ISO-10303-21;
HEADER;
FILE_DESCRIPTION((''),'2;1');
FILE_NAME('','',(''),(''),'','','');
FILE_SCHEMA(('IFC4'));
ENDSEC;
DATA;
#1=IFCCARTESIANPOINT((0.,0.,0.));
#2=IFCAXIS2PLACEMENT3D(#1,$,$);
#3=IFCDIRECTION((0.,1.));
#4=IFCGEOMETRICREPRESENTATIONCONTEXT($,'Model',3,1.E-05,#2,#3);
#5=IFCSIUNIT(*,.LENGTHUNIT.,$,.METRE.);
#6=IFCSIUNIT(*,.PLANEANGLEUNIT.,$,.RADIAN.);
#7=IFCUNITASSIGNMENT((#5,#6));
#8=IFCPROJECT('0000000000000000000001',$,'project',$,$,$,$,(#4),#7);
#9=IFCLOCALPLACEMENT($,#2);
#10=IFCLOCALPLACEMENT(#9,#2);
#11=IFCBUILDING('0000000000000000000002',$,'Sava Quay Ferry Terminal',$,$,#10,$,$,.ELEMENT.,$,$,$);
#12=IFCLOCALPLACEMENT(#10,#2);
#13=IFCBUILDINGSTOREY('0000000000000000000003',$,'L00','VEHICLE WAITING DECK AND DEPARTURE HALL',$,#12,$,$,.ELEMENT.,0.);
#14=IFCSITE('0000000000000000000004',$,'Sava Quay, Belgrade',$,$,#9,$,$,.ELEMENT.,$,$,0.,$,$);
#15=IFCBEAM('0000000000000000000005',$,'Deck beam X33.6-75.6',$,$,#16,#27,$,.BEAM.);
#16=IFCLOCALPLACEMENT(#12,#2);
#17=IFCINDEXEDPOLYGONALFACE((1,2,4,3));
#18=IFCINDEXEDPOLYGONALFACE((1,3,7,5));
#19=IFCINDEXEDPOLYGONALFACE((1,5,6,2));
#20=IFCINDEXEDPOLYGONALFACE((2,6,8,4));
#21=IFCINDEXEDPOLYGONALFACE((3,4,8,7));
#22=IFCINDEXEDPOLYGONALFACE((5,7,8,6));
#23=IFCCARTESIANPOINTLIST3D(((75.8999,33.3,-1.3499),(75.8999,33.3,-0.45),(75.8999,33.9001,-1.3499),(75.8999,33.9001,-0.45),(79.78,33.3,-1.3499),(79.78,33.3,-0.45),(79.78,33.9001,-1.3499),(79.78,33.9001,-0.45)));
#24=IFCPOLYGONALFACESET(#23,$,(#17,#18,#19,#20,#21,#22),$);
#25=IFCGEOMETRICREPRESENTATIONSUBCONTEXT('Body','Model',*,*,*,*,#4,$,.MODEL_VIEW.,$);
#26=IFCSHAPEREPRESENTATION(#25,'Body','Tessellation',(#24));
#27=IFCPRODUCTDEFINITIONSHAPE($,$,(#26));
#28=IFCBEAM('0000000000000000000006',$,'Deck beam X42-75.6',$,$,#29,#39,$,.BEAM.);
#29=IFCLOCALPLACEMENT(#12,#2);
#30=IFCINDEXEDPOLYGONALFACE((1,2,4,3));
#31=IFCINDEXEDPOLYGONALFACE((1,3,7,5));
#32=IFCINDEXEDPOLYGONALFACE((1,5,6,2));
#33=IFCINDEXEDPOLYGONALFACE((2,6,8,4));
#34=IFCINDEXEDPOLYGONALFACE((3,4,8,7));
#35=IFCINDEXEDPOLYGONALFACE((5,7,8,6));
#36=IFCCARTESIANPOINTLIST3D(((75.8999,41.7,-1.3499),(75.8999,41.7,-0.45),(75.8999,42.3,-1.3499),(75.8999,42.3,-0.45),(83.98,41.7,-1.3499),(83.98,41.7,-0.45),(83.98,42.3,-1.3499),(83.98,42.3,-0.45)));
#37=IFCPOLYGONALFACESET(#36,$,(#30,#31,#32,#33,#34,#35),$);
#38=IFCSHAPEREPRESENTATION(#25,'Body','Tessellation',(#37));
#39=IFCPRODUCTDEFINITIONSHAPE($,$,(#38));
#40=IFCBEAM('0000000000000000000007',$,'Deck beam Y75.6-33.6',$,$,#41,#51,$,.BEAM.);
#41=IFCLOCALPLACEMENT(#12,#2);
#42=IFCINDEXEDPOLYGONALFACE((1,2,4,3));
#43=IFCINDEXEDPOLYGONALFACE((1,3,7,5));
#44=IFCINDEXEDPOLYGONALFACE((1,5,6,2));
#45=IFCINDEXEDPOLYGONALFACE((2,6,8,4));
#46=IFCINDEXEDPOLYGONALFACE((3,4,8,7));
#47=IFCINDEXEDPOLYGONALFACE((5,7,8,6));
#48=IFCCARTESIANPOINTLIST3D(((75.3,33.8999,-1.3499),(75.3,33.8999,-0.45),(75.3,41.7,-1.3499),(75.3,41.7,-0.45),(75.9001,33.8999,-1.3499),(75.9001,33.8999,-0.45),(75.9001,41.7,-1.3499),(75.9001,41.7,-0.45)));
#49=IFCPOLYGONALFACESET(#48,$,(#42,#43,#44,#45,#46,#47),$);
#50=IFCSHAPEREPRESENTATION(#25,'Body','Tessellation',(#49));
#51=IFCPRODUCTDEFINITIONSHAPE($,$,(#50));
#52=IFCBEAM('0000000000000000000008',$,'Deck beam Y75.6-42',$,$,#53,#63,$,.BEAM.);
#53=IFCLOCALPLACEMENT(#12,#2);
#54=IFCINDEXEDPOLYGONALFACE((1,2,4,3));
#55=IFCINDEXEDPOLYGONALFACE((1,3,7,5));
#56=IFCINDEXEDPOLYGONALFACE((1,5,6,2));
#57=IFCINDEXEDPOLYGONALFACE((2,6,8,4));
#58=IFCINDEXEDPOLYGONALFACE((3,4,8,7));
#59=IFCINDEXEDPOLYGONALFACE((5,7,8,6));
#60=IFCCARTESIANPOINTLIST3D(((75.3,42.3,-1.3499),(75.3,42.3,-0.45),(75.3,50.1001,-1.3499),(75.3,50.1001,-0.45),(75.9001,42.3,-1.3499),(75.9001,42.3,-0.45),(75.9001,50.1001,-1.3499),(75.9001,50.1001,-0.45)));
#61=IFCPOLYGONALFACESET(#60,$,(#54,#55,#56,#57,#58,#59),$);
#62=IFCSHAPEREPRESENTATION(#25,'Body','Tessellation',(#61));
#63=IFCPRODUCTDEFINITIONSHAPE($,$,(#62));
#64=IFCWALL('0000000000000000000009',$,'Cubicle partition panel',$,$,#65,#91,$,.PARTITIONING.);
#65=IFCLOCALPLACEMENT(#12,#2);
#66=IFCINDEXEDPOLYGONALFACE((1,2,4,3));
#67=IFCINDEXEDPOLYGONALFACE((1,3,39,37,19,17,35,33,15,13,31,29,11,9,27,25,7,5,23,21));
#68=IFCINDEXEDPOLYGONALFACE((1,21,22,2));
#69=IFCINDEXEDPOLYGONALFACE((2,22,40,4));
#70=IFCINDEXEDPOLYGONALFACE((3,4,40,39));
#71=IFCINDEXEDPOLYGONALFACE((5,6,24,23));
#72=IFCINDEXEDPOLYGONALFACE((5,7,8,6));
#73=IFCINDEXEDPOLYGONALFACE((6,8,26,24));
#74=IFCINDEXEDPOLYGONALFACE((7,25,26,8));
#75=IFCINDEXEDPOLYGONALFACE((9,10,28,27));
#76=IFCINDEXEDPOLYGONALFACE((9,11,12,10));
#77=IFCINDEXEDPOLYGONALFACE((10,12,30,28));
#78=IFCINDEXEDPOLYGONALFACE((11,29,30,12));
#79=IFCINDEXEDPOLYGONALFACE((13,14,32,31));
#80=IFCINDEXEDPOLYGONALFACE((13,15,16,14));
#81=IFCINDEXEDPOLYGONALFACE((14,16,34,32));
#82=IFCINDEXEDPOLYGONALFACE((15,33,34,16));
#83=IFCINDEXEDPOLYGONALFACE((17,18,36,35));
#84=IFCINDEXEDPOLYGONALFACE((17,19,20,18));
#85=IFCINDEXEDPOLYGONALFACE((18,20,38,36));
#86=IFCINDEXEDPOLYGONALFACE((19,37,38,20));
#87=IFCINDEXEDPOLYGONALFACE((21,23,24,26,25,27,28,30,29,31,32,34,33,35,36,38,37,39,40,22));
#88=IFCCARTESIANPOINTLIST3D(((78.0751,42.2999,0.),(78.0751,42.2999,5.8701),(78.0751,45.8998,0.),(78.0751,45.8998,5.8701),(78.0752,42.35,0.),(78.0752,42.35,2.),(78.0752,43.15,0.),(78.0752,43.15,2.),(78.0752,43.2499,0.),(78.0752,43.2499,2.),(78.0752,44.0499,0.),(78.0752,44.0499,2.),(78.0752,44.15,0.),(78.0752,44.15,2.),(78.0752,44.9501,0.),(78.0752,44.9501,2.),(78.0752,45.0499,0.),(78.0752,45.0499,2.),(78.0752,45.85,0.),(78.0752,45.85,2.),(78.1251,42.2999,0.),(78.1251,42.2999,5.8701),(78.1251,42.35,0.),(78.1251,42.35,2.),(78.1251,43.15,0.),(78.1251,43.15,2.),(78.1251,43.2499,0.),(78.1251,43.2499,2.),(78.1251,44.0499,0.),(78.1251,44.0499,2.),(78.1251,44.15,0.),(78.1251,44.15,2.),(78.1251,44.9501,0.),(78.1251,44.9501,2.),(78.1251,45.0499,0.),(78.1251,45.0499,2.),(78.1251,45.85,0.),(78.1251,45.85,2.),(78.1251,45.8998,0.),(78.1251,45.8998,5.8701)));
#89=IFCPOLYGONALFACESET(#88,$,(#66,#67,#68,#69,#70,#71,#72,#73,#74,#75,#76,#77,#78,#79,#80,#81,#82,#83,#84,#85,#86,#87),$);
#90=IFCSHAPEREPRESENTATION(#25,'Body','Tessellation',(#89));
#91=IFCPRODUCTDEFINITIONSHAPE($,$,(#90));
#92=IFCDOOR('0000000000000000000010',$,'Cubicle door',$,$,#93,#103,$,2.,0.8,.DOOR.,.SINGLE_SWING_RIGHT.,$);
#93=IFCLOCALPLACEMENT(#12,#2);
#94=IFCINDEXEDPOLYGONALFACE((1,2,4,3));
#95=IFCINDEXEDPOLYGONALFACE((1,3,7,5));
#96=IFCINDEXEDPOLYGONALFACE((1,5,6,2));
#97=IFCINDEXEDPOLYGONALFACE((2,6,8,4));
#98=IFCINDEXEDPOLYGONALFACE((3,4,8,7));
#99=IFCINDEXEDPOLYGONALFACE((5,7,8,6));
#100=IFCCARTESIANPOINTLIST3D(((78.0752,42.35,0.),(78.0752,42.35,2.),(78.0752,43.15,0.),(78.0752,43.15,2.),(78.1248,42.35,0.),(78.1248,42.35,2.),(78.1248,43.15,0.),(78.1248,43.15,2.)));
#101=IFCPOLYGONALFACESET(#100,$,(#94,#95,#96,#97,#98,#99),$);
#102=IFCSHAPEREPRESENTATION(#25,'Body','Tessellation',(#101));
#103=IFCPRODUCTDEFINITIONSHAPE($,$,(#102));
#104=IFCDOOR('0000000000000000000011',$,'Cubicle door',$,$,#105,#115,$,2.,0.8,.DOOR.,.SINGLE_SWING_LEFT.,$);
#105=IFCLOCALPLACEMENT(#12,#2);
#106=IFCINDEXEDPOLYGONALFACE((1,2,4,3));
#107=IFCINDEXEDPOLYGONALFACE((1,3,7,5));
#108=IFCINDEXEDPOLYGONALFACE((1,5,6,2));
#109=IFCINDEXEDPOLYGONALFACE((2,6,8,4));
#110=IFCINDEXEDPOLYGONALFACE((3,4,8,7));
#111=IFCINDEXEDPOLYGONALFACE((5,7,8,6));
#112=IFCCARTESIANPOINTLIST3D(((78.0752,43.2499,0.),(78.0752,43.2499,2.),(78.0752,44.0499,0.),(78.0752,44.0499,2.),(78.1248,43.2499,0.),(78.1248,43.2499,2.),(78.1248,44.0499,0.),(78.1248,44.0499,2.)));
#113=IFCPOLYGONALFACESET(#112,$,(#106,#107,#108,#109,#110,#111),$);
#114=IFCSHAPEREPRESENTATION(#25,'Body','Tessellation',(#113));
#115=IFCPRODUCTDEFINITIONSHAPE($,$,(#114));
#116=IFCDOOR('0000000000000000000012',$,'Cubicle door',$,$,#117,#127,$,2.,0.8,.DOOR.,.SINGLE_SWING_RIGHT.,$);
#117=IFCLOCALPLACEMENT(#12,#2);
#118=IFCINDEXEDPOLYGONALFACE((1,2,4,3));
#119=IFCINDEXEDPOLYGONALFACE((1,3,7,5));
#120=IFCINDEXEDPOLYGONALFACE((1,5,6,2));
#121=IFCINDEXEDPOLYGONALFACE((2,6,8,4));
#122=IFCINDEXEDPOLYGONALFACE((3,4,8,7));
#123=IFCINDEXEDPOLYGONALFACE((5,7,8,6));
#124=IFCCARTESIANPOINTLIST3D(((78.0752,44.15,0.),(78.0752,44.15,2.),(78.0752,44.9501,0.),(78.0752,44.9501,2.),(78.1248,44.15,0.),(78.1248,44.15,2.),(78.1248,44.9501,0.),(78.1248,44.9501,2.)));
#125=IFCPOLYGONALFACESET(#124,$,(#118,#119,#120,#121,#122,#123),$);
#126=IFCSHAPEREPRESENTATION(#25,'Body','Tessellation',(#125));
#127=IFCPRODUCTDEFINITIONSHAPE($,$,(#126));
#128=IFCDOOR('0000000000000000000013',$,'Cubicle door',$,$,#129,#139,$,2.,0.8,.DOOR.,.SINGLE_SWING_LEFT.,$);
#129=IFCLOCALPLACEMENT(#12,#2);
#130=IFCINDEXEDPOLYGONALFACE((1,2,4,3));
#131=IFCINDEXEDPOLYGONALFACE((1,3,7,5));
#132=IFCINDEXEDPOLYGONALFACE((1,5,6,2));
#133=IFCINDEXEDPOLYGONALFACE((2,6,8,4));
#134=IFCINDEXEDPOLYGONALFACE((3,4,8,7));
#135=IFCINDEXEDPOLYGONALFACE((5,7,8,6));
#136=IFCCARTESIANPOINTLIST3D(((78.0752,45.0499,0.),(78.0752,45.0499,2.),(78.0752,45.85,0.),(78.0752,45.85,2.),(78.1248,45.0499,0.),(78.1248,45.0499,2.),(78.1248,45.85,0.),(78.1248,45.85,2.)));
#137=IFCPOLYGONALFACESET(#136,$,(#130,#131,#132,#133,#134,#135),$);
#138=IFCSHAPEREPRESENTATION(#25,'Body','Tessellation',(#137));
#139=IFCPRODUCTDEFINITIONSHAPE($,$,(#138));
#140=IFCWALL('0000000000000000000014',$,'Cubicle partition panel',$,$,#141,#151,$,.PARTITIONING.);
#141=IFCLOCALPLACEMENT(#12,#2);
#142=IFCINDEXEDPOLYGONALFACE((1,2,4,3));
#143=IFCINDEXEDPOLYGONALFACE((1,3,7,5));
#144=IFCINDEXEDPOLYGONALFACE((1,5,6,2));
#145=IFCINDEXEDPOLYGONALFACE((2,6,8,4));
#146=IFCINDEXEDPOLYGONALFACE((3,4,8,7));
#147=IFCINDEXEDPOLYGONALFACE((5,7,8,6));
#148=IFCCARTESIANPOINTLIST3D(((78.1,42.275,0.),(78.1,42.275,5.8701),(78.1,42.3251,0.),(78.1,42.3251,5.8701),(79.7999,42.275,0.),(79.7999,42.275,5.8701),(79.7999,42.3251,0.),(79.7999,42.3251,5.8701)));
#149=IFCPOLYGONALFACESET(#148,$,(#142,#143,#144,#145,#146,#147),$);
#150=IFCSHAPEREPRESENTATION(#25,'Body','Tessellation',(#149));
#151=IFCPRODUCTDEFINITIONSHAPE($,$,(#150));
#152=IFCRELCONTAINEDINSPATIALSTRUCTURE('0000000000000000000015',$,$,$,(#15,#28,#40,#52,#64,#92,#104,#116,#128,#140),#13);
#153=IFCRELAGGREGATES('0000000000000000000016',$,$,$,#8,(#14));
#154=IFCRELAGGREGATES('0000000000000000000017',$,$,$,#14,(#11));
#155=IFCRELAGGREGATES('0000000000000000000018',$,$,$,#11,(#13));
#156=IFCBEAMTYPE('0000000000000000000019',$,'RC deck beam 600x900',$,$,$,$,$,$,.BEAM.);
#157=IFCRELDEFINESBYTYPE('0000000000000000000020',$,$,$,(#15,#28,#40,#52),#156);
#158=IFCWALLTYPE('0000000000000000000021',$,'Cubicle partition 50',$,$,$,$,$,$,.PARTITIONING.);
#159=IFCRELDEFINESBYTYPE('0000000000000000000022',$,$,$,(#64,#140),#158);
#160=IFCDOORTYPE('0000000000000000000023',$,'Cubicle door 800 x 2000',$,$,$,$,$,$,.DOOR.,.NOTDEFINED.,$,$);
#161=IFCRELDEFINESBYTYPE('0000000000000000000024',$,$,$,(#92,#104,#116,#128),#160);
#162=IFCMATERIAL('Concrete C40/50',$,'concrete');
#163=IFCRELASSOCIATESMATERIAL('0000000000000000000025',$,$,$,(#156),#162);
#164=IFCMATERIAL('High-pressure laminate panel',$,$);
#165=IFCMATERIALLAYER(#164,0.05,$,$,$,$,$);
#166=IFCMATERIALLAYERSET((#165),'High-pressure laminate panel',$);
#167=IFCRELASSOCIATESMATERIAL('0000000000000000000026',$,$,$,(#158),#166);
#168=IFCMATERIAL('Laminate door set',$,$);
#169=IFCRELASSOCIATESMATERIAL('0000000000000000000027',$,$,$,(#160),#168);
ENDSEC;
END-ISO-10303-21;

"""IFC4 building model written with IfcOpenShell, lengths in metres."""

from ifc_helpers import new_model, si_unit, direction, frame, frame_2d, origin, origin_2d, place, context, subcontext, project, spatial, rectangle, extrude, material, layer, layer_set, material_profile, profile_set, type_object, element, fill, save


model = new_model("IFC4")

# Units and contexts
model_context = context("Model", 3, precision=1e-05, world=origin(), true_north=direction((0.0, 1.0)))
body_context = subcontext(model_context, "Body", "Model", "MODEL_VIEW")
ifc_project = project(units=[si_unit("LENGTHUNIT", "METRE"), si_unit("PLANEANGLEUNIT", "RADIAN")], contexts=[model_context])

# Site, building, storey
site_placement = place(None, origin())
site = spatial("IfcSite", under=ifc_project, at=site_placement, Name="Sava Quay, Belgrade", CompositionType="ELEMENT", RefElevation=0.0)
building_placement = place(site_placement, origin())
building = spatial("IfcBuilding", under=site, at=building_placement, Name="Sava Quay Ferry Terminal", CompositionType="ELEMENT")
storey_placement = place(building_placement, origin())
storey = spatial("IfcBuildingStorey", under=building, at=storey_placement, Name="L00", Description="VEHICLE WAITING DECK AND DEPARTURE HALL", CompositionType="ELEMENT", Elevation=0.0)

# Beams
ifc_material_1 = material(Name="Concrete C40/50", Category="concrete")
ifc_material_profile_1 = material_profile(ifc_material_1, rectangle(XDim=0.6001, YDim=0.8999, at=origin_2d()), Name="RC 600x900")
ifc_profile_set_1 = profile_set([ifc_material_profile_1], Name="Concrete C40/50")
beam_type = type_object("IfcBeamType", Name="RC deck beam 600x900", PredefinedType="BEAM", material=ifc_profile_set_1)
beam_1_placement = place(storey_placement, frame((75.8999, 33.6001, -0.8999), z_axis=(1.0, 0.0, 0.0), x_axis=(0.0, 1.0, 0.0)))
element("IfcBeam", 1, at=beam_1_placement, inside=storey, type_object=beam_type, Name="Deck beam X33.6-75.6", PredefinedType="BEAM", context=body_context, shape_type="SweptSolid", body=[
    extrude(rectangle(XDim=0.6001, YDim=0.8999, at=origin_2d()), origin(), (0.0, 0.0, 1.0), 3.8801),
])
beam_2_placement = place(storey_placement, frame((75.8999, 42.0, -0.8999), z_axis=(1.0, 0.0, 0.0), x_axis=(0.0, 1.0, 0.0)))
element("IfcBeam", 2, at=beam_2_placement, inside=storey, type_object=beam_type, Name="Deck beam X42-75.6", PredefinedType="BEAM", context=body_context, shape_type="SweptSolid", body=[
    extrude(rectangle(XDim=0.6001, YDim=0.8999, at=origin_2d()), origin(), (0.0, 0.0, 1.0), 8.0801),
])
for number, where, z_axis, x_axis, name in (
    (3, (75.6001, 33.8999, -0.8999), (0.0, 1.0, 0.0), (-1.0, 0.0, 0.0), "Deck beam Y75.6-33.6"),
    (4, (75.6001, 42.3, -0.8999), (0.0, 1.0, 0.0), (-1.0, 0.0, 0.0), "Deck beam Y75.6-42"),
):
    element("IfcBeam", number, at=place(storey_placement, frame(where, z_axis=z_axis, x_axis=x_axis)), inside=storey, type_object=beam_type, Name=name, PredefinedType="BEAM", context=body_context, shape_type="SweptSolid", body=[
        extrude(rectangle(XDim=0.6001, YDim=0.8999, at=origin_2d()), origin(), (0.0, 0.0, 1.0), 7.8),
    ])

# Wall, openings, doors
ifc_material_2 = material(Name="High-pressure laminate panel")
ifc_layer_1 = layer(ifc_material_2, 0.05)
ifc_layer_set_1 = layer_set([ifc_layer_1], Name="High-pressure laminate panel")
wall_type_1 = type_object("IfcWallType", Name="Cubicle partition 50", PredefinedType="PARTITIONING", material=ifc_layer_set_1)
wall_1_placement = place(storey_placement, frame((78.1001, 42.3, 0.0), z_axis=(0.0, 0.0, 1.0), x_axis=(0.0, 1.0, 0.0)))
wall_1 = element("IfcWall", 5, at=wall_1_placement, inside=storey, type_object=wall_type_1, Name="Cubicle partition panel", PredefinedType="PARTITIONING", context=body_context, shape_type="SweptSolid", body=[
    extrude(rectangle(XDim=3.5999, YDim=0.05, at=frame_2d((1.7998, 0.0))), origin(), (0.0, 0.0, 1.0), 5.8701),
])
opening_1_placement = place(wall_1_placement, frame((0.05, 0.0, 0.0)))
opening_1 = element("IfcOpeningElement", 6, at=opening_1_placement, cuts=wall_1, PredefinedType="OPENING", context=body_context, shape_type="SweptSolid", body=[
    extrude(rectangle(XDim=0.8, YDim=2.0, at=frame_2d((0.3999, 1.0))), frame((0.0, 0.0249, 0.0), z_axis=(0.0, -1.0, 0.0), x_axis=(1.0, 0.0, 0.0)), (0.0, 0.0, 1.0), 0.05),
])
opening_2_placement = place(wall_1_placement, frame((0.95, 0.0, 0.0)))
opening_2 = element("IfcOpeningElement", 7, at=opening_2_placement, cuts=wall_1, PredefinedType="OPENING", context=body_context, shape_type="SweptSolid", body=[
    extrude(rectangle(XDim=0.8, YDim=2.0, at=frame_2d((0.3999, 1.0))), frame((0.0, 0.0249, 0.0), z_axis=(0.0, -1.0, 0.0), x_axis=(1.0, 0.0, 0.0)), (0.0, 0.0, 1.0), 0.05),
])
opening_3_placement = place(wall_1_placement, frame((1.8501, 0.0, 0.0)))
opening_3 = element("IfcOpeningElement", 8, at=opening_3_placement, cuts=wall_1, PredefinedType="OPENING", context=body_context, shape_type="SweptSolid", body=[
    extrude(rectangle(XDim=0.8, YDim=2.0, at=frame_2d((0.3999, 1.0))), frame((0.0, 0.0249, 0.0), z_axis=(0.0, -1.0, 0.0), x_axis=(1.0, 0.0, 0.0)), (0.0, 0.0, 1.0), 0.05),
])
opening_4_placement = place(wall_1_placement, frame((2.75, 0.0, 0.0)))
opening_4 = element("IfcOpeningElement", 9, at=opening_4_placement, cuts=wall_1, PredefinedType="OPENING", context=body_context, shape_type="SweptSolid", body=[
    extrude(rectangle(XDim=0.8, YDim=2.0, at=frame_2d((0.3999, 1.0))), frame((0.0, 0.0249, 0.0), z_axis=(0.0, -1.0, 0.0), x_axis=(1.0, 0.0, 0.0)), (0.0, 0.0, 1.0), 0.05),
])
ifc_material_3 = material(Name="Laminate door set")
door_type_1 = type_object("IfcDoorType", Name="Cubicle door 800 x 2000", OperationType="NOTDEFINED", PredefinedType="DOOR", material=ifc_material_3)
door_1_placement = place(opening_1_placement, origin())
door_1 = element("IfcDoor", 10, at=door_1_placement, inside=storey, type_object=door_type_1, Name="Cubicle door", OperationType="SINGLE_SWING_RIGHT", OverallHeight=2.0, OverallWidth=0.8, PredefinedType="DOOR", context=body_context, shape_type="SweptSolid", body=[
    extrude(rectangle(XDim=0.8, YDim=2.0, at=frame_2d((0.3999, 1.0))), frame((0.0, 0.0249, 0.0), z_axis=(0.0, -1.0, 0.0), x_axis=(1.0, 0.0, 0.0)), (0.0, 0.0, 1.0), 0.0496),
])
fill(opening_1, door_1)
door_2_placement = place(opening_2_placement, origin())
door_2 = element("IfcDoor", 11, at=door_2_placement, inside=storey, type_object=door_type_1, Name="Cubicle door", OperationType="SINGLE_SWING_LEFT", OverallHeight=2.0, OverallWidth=0.8, PredefinedType="DOOR", context=body_context, shape_type="SweptSolid", body=[
    extrude(rectangle(XDim=0.8, YDim=2.0, at=frame_2d((0.3999, 1.0))), frame((0.0, 0.0249, 0.0), z_axis=(0.0, -1.0, 0.0), x_axis=(1.0, 0.0, 0.0)), (0.0, 0.0, 1.0), 0.0496),
])
fill(opening_2, door_2)
door_3_placement = place(opening_3_placement, origin())
door_3 = element("IfcDoor", 12, at=door_3_placement, inside=storey, type_object=door_type_1, Name="Cubicle door", OperationType="SINGLE_SWING_RIGHT", OverallHeight=2.0, OverallWidth=0.8, PredefinedType="DOOR", context=body_context, shape_type="SweptSolid", body=[
    extrude(rectangle(XDim=0.8, YDim=2.0, at=frame_2d((0.3999, 1.0))), frame((0.0, 0.0249, 0.0), z_axis=(0.0, -1.0, 0.0), x_axis=(1.0, 0.0, 0.0)), (0.0, 0.0, 1.0), 0.0496),
])
fill(opening_3, door_3)
door_4_placement = place(opening_4_placement, origin())
door_4 = element("IfcDoor", 13, at=door_4_placement, inside=storey, type_object=door_type_1, Name="Cubicle door", OperationType="SINGLE_SWING_LEFT", OverallHeight=2.0, OverallWidth=0.8, PredefinedType="DOOR", context=body_context, shape_type="SweptSolid", body=[
    extrude(rectangle(XDim=0.8, YDim=2.0, at=frame_2d((0.3999, 1.0))), frame((0.0, 0.0249, 0.0), z_axis=(0.0, -1.0, 0.0), x_axis=(1.0, 0.0, 0.0)), (0.0, 0.0, 1.0), 0.0496),
])
fill(opening_4, door_4)

# Wall
wall_2_placement = place(storey_placement, frame((79.8, 42.3, 0.0), z_axis=(0.0, 0.0, 1.0), x_axis=(-1.0, 0.0, 0.0)))
element("IfcWall", 14, at=wall_2_placement, inside=storey, type_object=wall_type_1, Name="Cubicle partition panel", PredefinedType="PARTITIONING", context=body_context, shape_type="SweptSolid", body=[
    extrude(rectangle(XDim=1.7, YDim=0.05, at=frame_2d((0.8501, 0.0))), origin(), (0.0, 0.0, 1.0), 5.8701),
])

save(model, "model.ifc")
